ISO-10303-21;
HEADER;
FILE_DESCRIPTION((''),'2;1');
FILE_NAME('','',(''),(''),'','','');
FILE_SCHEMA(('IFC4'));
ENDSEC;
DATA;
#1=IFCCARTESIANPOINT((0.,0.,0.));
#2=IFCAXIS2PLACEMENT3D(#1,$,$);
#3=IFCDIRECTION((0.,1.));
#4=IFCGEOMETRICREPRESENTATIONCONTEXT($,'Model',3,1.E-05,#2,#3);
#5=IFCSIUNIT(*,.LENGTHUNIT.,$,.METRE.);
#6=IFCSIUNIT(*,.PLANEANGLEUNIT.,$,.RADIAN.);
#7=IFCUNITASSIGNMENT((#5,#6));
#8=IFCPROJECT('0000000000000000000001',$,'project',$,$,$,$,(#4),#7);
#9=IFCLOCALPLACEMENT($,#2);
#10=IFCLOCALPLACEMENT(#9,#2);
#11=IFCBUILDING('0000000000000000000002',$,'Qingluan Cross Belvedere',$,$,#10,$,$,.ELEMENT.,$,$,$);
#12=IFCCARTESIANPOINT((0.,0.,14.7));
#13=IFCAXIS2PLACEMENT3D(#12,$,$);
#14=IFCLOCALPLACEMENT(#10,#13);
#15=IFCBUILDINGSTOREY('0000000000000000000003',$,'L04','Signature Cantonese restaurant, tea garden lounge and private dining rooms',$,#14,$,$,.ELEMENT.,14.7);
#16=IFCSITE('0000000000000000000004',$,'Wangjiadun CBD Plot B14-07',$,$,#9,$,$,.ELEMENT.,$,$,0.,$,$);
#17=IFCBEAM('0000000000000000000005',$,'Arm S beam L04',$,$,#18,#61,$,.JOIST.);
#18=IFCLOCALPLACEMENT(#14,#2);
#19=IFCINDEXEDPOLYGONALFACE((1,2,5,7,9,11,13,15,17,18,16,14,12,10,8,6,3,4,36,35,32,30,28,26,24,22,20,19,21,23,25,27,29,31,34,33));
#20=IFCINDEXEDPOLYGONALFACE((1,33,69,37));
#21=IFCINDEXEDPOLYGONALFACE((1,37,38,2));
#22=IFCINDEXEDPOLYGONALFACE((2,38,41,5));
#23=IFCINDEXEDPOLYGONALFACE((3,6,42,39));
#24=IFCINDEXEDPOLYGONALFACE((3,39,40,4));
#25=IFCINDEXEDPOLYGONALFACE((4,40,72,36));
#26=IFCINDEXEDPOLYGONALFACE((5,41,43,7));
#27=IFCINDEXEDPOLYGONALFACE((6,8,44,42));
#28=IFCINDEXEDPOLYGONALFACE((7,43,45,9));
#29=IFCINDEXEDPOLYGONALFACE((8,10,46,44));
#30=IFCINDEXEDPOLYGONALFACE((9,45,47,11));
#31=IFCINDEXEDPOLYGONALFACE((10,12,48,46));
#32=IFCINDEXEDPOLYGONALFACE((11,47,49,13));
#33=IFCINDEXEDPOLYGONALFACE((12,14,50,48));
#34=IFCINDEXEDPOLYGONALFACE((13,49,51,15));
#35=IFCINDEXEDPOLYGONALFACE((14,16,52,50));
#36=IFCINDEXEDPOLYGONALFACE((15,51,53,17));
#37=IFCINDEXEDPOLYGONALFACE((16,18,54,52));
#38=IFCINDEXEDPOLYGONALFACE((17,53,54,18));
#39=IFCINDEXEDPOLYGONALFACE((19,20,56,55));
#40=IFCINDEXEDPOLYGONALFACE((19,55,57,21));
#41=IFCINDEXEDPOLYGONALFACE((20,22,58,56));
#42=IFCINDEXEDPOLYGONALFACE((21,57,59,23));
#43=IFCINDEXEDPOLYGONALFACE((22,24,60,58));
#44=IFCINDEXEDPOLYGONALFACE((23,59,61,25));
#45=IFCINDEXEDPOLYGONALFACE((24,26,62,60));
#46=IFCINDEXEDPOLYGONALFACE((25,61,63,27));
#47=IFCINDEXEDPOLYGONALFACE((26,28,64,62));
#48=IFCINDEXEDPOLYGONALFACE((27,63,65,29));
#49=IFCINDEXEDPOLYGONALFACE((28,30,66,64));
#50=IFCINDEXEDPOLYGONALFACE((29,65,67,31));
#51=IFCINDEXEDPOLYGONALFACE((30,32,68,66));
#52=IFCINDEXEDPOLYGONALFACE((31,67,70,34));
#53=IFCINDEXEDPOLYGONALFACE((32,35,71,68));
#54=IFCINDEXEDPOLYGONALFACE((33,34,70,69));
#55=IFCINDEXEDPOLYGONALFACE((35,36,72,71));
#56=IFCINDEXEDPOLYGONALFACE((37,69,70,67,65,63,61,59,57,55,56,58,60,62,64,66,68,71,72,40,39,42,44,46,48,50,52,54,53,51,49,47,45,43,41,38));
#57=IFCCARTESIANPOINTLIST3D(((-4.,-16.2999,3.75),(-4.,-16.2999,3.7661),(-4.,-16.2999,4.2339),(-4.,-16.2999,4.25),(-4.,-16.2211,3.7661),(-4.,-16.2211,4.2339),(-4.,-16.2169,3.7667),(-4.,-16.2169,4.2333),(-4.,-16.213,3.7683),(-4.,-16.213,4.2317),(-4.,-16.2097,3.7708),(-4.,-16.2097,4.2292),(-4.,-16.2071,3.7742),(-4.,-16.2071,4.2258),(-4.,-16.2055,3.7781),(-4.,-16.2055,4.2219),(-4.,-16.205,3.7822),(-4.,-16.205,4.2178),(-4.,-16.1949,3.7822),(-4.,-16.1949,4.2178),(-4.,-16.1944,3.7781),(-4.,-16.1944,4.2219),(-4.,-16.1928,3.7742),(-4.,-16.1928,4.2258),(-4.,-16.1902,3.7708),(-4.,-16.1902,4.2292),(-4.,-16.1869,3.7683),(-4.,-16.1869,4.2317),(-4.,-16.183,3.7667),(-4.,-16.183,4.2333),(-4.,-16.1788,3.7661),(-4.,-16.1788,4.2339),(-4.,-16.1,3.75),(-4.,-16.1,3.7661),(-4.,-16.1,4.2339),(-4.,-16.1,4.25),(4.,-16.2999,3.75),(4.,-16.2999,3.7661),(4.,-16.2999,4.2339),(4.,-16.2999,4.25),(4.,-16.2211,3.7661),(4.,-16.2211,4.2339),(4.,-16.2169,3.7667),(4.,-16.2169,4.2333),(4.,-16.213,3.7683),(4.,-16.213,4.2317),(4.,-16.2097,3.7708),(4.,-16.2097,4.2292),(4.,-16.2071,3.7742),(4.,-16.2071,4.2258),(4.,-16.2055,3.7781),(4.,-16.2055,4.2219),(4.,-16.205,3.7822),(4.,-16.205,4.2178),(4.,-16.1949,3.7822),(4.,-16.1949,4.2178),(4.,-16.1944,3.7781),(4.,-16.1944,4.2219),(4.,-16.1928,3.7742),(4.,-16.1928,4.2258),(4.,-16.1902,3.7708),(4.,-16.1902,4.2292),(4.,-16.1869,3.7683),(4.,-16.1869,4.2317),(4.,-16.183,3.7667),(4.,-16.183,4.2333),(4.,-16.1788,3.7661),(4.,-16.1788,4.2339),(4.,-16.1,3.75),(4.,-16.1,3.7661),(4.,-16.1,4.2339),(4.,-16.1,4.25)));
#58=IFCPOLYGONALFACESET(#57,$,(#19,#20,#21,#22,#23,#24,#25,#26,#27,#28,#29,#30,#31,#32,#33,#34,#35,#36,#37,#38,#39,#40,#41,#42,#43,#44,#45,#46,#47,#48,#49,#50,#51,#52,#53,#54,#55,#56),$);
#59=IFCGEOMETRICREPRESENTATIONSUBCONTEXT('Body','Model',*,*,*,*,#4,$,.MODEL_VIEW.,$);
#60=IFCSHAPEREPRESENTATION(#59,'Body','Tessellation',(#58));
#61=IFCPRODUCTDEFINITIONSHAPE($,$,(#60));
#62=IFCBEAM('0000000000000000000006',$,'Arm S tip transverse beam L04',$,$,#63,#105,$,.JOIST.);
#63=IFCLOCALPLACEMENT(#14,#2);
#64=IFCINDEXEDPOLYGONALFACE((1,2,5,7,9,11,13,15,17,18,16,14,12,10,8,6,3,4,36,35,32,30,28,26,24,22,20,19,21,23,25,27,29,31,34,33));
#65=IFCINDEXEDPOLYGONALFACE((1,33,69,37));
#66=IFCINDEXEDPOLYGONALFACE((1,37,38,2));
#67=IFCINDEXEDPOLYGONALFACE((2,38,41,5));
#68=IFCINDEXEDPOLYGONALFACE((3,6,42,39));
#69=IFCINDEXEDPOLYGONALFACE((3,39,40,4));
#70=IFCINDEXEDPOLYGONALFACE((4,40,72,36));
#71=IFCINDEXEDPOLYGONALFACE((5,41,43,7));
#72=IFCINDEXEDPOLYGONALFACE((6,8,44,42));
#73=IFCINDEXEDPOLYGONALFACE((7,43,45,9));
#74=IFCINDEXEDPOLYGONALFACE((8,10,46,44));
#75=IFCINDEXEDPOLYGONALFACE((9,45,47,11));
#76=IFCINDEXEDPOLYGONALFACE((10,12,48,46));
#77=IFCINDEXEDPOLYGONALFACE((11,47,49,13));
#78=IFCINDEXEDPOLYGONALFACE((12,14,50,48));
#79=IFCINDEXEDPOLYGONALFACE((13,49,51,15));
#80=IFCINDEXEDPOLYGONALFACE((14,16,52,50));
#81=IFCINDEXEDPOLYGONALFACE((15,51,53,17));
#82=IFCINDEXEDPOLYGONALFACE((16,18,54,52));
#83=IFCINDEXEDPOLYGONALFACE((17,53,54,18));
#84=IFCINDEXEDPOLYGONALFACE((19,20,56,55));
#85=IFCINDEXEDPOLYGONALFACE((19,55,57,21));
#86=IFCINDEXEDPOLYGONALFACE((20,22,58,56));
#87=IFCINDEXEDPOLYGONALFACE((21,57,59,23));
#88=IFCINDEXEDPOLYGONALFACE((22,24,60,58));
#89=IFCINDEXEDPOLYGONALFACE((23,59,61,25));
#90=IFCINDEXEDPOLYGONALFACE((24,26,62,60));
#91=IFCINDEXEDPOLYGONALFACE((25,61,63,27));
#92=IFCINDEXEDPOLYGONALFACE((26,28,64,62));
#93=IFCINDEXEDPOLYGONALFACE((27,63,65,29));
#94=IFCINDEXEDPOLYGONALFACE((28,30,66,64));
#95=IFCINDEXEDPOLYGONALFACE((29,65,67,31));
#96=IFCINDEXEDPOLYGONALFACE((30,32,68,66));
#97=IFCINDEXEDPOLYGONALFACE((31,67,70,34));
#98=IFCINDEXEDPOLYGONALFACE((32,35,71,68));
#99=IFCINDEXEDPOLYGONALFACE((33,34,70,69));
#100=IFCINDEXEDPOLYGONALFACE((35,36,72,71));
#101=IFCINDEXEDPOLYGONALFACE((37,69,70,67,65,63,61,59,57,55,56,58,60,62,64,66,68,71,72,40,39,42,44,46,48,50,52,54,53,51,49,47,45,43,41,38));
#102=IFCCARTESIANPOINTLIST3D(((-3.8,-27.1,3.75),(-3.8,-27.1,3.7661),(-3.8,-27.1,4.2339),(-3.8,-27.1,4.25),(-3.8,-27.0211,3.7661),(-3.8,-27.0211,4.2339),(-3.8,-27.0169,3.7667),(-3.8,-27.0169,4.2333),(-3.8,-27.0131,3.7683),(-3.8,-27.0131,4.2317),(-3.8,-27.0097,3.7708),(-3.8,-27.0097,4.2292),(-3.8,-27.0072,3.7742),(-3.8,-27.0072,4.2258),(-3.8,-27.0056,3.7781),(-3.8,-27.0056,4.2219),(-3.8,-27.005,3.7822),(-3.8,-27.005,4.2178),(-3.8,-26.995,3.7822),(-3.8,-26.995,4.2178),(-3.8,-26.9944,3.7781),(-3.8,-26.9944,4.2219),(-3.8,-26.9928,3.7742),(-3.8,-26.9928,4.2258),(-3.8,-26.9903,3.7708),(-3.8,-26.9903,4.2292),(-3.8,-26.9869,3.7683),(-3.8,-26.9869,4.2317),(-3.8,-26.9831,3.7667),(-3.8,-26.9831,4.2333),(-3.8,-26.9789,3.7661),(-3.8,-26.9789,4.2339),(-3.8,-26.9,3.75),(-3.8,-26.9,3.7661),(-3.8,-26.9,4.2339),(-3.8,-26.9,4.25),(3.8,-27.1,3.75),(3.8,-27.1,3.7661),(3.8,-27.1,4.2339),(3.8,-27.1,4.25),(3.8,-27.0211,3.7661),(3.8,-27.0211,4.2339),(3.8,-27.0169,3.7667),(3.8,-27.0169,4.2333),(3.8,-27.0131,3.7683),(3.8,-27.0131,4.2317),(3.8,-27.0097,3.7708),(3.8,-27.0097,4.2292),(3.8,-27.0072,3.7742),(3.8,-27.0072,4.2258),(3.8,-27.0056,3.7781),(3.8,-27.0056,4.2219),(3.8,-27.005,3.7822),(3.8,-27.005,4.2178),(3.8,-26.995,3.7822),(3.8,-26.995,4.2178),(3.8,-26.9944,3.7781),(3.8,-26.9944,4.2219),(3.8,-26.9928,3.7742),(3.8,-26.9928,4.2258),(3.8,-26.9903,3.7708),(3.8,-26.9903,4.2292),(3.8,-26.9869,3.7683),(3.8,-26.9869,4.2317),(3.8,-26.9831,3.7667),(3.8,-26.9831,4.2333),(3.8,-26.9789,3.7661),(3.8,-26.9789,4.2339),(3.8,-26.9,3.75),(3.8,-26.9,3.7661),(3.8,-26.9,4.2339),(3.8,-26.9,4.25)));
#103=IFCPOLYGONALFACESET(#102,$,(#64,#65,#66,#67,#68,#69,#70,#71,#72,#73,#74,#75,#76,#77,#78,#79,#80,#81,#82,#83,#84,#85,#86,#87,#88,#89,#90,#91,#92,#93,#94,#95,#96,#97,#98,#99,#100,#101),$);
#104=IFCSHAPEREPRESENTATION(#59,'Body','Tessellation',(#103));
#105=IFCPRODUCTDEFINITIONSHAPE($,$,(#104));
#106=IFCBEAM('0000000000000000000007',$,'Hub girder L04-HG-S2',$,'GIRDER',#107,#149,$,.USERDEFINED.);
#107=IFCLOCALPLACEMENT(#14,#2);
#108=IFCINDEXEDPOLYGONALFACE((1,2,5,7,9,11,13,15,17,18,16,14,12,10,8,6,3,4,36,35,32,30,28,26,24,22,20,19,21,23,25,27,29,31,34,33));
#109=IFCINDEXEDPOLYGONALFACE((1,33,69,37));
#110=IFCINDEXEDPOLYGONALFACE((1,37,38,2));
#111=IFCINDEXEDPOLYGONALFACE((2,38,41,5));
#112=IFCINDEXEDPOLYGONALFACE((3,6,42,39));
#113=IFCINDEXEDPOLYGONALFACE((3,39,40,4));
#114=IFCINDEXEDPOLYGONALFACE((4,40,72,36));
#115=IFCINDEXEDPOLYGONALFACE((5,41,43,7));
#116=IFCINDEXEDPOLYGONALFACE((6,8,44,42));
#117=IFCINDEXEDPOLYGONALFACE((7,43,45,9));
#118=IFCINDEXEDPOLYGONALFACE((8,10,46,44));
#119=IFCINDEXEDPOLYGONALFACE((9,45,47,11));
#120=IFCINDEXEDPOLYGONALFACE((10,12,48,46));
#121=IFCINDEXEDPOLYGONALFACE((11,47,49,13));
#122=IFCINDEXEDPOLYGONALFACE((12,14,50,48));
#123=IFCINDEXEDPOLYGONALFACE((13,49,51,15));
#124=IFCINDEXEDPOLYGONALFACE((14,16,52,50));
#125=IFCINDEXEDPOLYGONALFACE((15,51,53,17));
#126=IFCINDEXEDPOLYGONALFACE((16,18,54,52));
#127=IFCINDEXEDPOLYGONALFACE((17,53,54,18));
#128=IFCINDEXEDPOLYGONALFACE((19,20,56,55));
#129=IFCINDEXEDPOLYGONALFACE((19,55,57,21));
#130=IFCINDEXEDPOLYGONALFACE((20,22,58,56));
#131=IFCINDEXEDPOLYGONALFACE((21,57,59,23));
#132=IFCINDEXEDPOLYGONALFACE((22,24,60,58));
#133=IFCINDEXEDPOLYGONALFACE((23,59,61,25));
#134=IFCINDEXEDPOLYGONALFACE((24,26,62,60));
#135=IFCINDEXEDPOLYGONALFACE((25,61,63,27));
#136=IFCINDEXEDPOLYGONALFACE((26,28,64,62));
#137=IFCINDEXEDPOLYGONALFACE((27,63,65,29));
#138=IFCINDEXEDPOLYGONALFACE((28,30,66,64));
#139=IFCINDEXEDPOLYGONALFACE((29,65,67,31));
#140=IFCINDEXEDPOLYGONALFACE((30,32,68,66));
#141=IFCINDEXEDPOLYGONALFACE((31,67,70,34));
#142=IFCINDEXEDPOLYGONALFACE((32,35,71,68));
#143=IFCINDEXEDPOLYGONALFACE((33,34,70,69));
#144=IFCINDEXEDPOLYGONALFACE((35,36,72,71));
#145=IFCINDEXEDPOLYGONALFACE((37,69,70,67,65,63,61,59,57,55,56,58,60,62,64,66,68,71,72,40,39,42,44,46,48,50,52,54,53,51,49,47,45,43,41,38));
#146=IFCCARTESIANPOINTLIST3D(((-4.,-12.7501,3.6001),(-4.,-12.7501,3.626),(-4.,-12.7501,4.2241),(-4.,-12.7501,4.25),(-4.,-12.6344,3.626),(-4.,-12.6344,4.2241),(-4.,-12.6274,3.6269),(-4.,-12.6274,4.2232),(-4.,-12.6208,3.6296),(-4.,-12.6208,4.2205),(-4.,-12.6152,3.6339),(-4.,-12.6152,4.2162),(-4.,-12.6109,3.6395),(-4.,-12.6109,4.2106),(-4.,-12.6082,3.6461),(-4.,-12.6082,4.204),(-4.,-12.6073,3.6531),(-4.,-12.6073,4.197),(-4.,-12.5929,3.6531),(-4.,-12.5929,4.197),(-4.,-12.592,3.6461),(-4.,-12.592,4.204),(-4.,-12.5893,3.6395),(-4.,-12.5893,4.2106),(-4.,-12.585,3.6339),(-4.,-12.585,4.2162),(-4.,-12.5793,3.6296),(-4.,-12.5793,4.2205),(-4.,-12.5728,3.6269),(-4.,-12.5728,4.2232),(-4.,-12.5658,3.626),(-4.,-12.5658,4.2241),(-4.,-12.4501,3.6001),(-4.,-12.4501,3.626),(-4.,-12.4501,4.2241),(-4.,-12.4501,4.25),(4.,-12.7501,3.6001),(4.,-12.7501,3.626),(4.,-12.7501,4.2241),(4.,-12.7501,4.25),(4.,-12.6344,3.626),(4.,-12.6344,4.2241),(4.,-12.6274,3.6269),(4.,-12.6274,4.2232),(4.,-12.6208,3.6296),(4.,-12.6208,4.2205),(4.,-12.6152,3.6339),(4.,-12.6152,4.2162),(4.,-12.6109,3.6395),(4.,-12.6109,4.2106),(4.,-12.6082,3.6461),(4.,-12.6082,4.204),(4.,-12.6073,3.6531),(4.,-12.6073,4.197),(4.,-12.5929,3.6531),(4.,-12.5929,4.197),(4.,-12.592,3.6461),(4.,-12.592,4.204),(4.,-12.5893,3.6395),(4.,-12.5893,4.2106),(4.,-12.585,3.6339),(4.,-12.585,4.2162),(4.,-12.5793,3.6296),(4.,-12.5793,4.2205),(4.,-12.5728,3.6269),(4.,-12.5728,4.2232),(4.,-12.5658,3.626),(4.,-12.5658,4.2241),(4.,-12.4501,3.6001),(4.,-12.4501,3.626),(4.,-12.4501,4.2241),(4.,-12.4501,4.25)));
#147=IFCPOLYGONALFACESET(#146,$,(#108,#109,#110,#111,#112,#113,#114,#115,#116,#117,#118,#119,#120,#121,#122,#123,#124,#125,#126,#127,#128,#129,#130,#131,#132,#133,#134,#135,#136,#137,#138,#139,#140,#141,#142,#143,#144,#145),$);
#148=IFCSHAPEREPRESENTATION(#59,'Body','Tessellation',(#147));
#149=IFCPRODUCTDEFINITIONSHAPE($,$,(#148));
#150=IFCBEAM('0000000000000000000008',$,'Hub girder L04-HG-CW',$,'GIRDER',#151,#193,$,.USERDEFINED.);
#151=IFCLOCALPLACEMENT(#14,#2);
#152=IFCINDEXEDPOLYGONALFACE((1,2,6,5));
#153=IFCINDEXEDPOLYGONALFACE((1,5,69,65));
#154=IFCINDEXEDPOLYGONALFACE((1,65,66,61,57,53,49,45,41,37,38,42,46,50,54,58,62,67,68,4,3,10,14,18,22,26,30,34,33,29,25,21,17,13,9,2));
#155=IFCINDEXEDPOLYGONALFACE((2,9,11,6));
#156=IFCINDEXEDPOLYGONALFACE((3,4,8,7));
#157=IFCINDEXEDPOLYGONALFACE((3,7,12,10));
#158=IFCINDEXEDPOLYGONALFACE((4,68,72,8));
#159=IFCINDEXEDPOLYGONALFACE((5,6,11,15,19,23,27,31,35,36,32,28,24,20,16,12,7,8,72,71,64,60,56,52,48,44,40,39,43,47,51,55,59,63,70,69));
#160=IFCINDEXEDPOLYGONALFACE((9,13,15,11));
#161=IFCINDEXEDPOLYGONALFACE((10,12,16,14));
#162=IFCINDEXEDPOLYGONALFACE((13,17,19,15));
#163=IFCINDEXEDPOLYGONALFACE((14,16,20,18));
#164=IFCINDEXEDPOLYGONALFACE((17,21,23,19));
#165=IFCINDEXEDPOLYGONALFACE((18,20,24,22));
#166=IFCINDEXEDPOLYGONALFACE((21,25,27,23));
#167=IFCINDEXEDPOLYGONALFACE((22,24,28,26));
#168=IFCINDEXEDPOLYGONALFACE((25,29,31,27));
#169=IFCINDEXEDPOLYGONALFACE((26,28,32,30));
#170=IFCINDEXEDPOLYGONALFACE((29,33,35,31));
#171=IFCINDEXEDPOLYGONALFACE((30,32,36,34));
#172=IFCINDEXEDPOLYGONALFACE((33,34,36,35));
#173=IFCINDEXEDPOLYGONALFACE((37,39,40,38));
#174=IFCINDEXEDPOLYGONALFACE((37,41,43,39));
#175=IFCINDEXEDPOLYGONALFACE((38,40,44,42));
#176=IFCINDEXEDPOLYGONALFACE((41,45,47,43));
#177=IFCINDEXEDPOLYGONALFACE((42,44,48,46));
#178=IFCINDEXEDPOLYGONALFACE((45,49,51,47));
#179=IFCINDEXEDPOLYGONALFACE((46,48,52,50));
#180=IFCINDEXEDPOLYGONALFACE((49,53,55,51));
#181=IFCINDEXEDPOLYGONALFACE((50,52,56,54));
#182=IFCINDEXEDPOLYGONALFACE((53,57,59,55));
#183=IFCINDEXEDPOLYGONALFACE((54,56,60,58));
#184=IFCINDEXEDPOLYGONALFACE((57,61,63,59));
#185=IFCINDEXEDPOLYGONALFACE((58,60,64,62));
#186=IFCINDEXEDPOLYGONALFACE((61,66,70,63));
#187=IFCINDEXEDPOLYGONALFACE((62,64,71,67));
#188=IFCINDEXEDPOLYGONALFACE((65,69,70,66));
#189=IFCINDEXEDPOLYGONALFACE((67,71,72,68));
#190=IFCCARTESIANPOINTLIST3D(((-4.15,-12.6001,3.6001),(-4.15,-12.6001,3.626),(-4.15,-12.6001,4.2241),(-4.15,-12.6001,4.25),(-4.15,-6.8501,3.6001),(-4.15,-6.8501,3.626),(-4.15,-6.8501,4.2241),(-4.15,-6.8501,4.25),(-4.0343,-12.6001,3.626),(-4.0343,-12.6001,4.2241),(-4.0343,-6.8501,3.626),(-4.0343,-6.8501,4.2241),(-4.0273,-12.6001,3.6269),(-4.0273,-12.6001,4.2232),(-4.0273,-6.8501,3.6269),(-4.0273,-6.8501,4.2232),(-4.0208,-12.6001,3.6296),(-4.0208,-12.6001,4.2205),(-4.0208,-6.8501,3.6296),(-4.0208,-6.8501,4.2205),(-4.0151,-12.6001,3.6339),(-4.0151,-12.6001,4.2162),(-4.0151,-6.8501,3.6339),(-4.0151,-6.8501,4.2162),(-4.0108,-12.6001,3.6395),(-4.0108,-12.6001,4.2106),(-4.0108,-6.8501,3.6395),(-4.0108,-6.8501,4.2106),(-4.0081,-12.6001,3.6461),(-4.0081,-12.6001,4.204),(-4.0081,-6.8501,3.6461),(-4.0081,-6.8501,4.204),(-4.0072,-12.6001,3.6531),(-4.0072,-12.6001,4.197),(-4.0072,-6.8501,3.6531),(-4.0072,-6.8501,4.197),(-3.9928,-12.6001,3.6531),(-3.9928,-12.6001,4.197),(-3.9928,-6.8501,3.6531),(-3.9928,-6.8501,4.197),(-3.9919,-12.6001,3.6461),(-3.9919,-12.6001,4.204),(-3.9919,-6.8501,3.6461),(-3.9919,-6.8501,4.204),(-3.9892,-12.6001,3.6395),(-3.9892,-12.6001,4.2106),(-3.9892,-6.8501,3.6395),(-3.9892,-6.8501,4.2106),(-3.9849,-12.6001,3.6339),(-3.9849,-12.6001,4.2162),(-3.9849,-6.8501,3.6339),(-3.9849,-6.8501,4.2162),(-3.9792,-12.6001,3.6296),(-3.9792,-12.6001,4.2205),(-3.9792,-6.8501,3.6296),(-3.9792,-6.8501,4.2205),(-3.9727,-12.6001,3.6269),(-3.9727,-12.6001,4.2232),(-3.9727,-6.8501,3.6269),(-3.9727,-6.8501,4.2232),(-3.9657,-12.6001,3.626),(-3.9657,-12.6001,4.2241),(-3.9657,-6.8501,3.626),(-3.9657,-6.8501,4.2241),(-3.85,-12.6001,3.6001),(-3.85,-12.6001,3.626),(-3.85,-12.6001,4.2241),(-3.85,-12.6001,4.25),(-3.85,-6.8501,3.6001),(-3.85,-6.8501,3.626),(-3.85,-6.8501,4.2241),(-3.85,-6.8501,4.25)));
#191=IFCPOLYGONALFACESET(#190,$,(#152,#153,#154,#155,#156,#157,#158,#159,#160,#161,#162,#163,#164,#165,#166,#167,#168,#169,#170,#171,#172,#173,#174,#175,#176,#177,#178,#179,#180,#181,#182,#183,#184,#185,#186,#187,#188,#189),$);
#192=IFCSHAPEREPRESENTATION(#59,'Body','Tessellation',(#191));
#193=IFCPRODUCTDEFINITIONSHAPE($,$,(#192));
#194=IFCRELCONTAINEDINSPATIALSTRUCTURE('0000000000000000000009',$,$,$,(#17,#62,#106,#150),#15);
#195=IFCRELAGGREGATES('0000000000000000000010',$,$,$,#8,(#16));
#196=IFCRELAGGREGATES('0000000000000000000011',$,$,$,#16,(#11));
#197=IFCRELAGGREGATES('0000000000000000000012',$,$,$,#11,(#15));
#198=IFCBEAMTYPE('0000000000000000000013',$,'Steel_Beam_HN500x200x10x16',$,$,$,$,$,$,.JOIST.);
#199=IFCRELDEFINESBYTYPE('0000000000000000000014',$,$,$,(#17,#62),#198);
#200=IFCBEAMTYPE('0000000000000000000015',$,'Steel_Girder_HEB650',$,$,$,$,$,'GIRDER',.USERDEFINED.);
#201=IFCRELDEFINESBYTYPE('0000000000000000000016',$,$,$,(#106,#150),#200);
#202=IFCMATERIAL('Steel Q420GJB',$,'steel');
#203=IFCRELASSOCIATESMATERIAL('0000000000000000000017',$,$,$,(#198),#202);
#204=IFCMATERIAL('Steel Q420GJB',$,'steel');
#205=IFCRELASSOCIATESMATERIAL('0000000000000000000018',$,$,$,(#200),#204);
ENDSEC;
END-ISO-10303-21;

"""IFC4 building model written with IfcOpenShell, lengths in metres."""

from ifc_helpers import new_model, si_unit, direction, frame, origin, origin_2d, place, context, subcontext, project, spatial, i_section, extrude, material, material_profile, profile_set, type_object, element, save


model = new_model("IFC4")

# Units and contexts
model_context = context("Model", 3, precision=1e-05, world=origin(), true_north=direction((0.0, 1.0)))
body_context = subcontext(model_context, "Body", "Model", "MODEL_VIEW")
ifc_project = project(units=[si_unit("LENGTHUNIT", "METRE"), si_unit("PLANEANGLEUNIT", "RADIAN")], contexts=[model_context])

# Site, building, storey
site_placement = place(None, origin())
site = spatial("IfcSite", under=ifc_project, at=site_placement, Name="Wangjiadun CBD Plot B14-07", CompositionType="ELEMENT", RefElevation=0.0)
building_placement = place(site_placement, origin())
building = spatial("IfcBuilding", under=site, at=building_placement, Name="Qingluan Cross Belvedere", CompositionType="ELEMENT")
storey_placement = place(building_placement, frame((0.0, 0.0, 14.7)))
storey = spatial("IfcBuildingStorey", under=building, at=storey_placement, Name="L04", Description="Signature Cantonese restaurant, tea garden lounge and private dining rooms", CompositionType="ELEMENT", Elevation=14.7)

# Beams
ifc_material_1 = material(Name="Steel Q420GJB", Category="steel")
ifc_material_profile_1 = material_profile(ifc_material_1, i_section(OverallWidth=0.2, OverallDepth=0.5, WebThickness=0.01, FlangeThickness=0.0161, FilletRadius=0.0161, at=origin_2d()), Name="HN500x200x10x16")
ifc_profile_set_1 = profile_set([ifc_material_profile_1], Name="Steel Q420GJB")
beam_type_1 = type_object("IfcBeamType", Name="Steel_Beam_HN500x200x10x16", PredefinedType="JOIST", material=ifc_profile_set_1)
for number, where, z_axis, x_axis, name in (
    (1, (-4.0, -16.2, 4.0), (1.0, 0.0, 0.0), (0.0, 1.0, 0.0), "Arm S beam L04"),
):
    element("IfcBeam", number, at=place(storey_placement, frame(where, z_axis=z_axis, x_axis=x_axis)), inside=storey, type_object=beam_type_1, Name=name, PredefinedType="JOIST", context=body_context, shape_type="SweptSolid", body=[
        extrude(i_section(OverallWidth=0.2, OverallDepth=0.5, WebThickness=0.01, FlangeThickness=0.0161, FilletRadius=0.0161, at=origin_2d()), origin(), (0.0, 0.0, 1.0), 8.0),
    ])
beam_1_placement = place(storey_placement, frame((-3.8, -27.0, 4.0), z_axis=(1.0, 0.0, 0.0), x_axis=(0.0, 1.0, 0.0)))
element("IfcBeam", 2, at=beam_1_placement, inside=storey, type_object=beam_type_1, Name="Arm S tip transverse beam L04", PredefinedType="JOIST", context=body_context, shape_type="SweptSolid", body=[
    extrude(i_section(OverallWidth=0.2, OverallDepth=0.5, WebThickness=0.01, FlangeThickness=0.0161, FilletRadius=0.0161, at=origin_2d()), origin(), (0.0, 0.0, 1.0), 7.6001),
])
ifc_material_2 = material(Name="Steel Q420GJB", Category="steel")
ifc_material_profile_2 = material_profile(ifc_material_2, i_section(OverallWidth=0.3, OverallDepth=0.6499, WebThickness=0.0144, FlangeThickness=0.0259, FilletRadius=0.0271, at=origin_2d()), Name="HEB650")
ifc_profile_set_2 = profile_set([ifc_material_profile_2], Name="Steel Q420GJB")
beam_type_2 = type_object("IfcBeamType", Name="Steel_Girder_HEB650", ElementType="GIRDER", PredefinedType="USERDEFINED", material=ifc_profile_set_2)
beam_2_placement = place(storey_placement, frame((-4.0, -12.6001, 3.925), z_axis=(1.0, 0.0, 0.0), x_axis=(0.0, 1.0, 0.0)))
element("IfcBeam", 3, at=beam_2_placement, inside=storey, type_object=beam_type_2, Name="Hub girder L04-HG-S2", ObjectType="GIRDER", PredefinedType="USERDEFINED", context=body_context, shape_type="SweptSolid", body=[
    extrude(i_section(OverallWidth=0.3, OverallDepth=0.6499, WebThickness=0.0144, FlangeThickness=0.0259, FilletRadius=0.0271, at=origin_2d()), origin(), (0.0, 0.0, 1.0), 8.0),
])
beam_3_placement = place(storey_placement, frame((-4.0, -12.6001, 3.925), z_axis=(0.0, 1.0, 0.0), x_axis=(-1.0, 0.0, 0.0)))
element("IfcBeam", 4, at=beam_3_placement, inside=storey, type_object=beam_type_2, Name="Hub girder L04-HG-CW", ObjectType="GIRDER", PredefinedType="USERDEFINED", context=body_context, shape_type="SweptSolid", body=[
    extrude(i_section(OverallWidth=0.3, OverallDepth=0.6499, WebThickness=0.0144, FlangeThickness=0.0259, FilletRadius=0.0271, at=origin_2d()), origin(), (0.0, 0.0, 1.0), 5.75),
])

save(model, "model.ifc")
